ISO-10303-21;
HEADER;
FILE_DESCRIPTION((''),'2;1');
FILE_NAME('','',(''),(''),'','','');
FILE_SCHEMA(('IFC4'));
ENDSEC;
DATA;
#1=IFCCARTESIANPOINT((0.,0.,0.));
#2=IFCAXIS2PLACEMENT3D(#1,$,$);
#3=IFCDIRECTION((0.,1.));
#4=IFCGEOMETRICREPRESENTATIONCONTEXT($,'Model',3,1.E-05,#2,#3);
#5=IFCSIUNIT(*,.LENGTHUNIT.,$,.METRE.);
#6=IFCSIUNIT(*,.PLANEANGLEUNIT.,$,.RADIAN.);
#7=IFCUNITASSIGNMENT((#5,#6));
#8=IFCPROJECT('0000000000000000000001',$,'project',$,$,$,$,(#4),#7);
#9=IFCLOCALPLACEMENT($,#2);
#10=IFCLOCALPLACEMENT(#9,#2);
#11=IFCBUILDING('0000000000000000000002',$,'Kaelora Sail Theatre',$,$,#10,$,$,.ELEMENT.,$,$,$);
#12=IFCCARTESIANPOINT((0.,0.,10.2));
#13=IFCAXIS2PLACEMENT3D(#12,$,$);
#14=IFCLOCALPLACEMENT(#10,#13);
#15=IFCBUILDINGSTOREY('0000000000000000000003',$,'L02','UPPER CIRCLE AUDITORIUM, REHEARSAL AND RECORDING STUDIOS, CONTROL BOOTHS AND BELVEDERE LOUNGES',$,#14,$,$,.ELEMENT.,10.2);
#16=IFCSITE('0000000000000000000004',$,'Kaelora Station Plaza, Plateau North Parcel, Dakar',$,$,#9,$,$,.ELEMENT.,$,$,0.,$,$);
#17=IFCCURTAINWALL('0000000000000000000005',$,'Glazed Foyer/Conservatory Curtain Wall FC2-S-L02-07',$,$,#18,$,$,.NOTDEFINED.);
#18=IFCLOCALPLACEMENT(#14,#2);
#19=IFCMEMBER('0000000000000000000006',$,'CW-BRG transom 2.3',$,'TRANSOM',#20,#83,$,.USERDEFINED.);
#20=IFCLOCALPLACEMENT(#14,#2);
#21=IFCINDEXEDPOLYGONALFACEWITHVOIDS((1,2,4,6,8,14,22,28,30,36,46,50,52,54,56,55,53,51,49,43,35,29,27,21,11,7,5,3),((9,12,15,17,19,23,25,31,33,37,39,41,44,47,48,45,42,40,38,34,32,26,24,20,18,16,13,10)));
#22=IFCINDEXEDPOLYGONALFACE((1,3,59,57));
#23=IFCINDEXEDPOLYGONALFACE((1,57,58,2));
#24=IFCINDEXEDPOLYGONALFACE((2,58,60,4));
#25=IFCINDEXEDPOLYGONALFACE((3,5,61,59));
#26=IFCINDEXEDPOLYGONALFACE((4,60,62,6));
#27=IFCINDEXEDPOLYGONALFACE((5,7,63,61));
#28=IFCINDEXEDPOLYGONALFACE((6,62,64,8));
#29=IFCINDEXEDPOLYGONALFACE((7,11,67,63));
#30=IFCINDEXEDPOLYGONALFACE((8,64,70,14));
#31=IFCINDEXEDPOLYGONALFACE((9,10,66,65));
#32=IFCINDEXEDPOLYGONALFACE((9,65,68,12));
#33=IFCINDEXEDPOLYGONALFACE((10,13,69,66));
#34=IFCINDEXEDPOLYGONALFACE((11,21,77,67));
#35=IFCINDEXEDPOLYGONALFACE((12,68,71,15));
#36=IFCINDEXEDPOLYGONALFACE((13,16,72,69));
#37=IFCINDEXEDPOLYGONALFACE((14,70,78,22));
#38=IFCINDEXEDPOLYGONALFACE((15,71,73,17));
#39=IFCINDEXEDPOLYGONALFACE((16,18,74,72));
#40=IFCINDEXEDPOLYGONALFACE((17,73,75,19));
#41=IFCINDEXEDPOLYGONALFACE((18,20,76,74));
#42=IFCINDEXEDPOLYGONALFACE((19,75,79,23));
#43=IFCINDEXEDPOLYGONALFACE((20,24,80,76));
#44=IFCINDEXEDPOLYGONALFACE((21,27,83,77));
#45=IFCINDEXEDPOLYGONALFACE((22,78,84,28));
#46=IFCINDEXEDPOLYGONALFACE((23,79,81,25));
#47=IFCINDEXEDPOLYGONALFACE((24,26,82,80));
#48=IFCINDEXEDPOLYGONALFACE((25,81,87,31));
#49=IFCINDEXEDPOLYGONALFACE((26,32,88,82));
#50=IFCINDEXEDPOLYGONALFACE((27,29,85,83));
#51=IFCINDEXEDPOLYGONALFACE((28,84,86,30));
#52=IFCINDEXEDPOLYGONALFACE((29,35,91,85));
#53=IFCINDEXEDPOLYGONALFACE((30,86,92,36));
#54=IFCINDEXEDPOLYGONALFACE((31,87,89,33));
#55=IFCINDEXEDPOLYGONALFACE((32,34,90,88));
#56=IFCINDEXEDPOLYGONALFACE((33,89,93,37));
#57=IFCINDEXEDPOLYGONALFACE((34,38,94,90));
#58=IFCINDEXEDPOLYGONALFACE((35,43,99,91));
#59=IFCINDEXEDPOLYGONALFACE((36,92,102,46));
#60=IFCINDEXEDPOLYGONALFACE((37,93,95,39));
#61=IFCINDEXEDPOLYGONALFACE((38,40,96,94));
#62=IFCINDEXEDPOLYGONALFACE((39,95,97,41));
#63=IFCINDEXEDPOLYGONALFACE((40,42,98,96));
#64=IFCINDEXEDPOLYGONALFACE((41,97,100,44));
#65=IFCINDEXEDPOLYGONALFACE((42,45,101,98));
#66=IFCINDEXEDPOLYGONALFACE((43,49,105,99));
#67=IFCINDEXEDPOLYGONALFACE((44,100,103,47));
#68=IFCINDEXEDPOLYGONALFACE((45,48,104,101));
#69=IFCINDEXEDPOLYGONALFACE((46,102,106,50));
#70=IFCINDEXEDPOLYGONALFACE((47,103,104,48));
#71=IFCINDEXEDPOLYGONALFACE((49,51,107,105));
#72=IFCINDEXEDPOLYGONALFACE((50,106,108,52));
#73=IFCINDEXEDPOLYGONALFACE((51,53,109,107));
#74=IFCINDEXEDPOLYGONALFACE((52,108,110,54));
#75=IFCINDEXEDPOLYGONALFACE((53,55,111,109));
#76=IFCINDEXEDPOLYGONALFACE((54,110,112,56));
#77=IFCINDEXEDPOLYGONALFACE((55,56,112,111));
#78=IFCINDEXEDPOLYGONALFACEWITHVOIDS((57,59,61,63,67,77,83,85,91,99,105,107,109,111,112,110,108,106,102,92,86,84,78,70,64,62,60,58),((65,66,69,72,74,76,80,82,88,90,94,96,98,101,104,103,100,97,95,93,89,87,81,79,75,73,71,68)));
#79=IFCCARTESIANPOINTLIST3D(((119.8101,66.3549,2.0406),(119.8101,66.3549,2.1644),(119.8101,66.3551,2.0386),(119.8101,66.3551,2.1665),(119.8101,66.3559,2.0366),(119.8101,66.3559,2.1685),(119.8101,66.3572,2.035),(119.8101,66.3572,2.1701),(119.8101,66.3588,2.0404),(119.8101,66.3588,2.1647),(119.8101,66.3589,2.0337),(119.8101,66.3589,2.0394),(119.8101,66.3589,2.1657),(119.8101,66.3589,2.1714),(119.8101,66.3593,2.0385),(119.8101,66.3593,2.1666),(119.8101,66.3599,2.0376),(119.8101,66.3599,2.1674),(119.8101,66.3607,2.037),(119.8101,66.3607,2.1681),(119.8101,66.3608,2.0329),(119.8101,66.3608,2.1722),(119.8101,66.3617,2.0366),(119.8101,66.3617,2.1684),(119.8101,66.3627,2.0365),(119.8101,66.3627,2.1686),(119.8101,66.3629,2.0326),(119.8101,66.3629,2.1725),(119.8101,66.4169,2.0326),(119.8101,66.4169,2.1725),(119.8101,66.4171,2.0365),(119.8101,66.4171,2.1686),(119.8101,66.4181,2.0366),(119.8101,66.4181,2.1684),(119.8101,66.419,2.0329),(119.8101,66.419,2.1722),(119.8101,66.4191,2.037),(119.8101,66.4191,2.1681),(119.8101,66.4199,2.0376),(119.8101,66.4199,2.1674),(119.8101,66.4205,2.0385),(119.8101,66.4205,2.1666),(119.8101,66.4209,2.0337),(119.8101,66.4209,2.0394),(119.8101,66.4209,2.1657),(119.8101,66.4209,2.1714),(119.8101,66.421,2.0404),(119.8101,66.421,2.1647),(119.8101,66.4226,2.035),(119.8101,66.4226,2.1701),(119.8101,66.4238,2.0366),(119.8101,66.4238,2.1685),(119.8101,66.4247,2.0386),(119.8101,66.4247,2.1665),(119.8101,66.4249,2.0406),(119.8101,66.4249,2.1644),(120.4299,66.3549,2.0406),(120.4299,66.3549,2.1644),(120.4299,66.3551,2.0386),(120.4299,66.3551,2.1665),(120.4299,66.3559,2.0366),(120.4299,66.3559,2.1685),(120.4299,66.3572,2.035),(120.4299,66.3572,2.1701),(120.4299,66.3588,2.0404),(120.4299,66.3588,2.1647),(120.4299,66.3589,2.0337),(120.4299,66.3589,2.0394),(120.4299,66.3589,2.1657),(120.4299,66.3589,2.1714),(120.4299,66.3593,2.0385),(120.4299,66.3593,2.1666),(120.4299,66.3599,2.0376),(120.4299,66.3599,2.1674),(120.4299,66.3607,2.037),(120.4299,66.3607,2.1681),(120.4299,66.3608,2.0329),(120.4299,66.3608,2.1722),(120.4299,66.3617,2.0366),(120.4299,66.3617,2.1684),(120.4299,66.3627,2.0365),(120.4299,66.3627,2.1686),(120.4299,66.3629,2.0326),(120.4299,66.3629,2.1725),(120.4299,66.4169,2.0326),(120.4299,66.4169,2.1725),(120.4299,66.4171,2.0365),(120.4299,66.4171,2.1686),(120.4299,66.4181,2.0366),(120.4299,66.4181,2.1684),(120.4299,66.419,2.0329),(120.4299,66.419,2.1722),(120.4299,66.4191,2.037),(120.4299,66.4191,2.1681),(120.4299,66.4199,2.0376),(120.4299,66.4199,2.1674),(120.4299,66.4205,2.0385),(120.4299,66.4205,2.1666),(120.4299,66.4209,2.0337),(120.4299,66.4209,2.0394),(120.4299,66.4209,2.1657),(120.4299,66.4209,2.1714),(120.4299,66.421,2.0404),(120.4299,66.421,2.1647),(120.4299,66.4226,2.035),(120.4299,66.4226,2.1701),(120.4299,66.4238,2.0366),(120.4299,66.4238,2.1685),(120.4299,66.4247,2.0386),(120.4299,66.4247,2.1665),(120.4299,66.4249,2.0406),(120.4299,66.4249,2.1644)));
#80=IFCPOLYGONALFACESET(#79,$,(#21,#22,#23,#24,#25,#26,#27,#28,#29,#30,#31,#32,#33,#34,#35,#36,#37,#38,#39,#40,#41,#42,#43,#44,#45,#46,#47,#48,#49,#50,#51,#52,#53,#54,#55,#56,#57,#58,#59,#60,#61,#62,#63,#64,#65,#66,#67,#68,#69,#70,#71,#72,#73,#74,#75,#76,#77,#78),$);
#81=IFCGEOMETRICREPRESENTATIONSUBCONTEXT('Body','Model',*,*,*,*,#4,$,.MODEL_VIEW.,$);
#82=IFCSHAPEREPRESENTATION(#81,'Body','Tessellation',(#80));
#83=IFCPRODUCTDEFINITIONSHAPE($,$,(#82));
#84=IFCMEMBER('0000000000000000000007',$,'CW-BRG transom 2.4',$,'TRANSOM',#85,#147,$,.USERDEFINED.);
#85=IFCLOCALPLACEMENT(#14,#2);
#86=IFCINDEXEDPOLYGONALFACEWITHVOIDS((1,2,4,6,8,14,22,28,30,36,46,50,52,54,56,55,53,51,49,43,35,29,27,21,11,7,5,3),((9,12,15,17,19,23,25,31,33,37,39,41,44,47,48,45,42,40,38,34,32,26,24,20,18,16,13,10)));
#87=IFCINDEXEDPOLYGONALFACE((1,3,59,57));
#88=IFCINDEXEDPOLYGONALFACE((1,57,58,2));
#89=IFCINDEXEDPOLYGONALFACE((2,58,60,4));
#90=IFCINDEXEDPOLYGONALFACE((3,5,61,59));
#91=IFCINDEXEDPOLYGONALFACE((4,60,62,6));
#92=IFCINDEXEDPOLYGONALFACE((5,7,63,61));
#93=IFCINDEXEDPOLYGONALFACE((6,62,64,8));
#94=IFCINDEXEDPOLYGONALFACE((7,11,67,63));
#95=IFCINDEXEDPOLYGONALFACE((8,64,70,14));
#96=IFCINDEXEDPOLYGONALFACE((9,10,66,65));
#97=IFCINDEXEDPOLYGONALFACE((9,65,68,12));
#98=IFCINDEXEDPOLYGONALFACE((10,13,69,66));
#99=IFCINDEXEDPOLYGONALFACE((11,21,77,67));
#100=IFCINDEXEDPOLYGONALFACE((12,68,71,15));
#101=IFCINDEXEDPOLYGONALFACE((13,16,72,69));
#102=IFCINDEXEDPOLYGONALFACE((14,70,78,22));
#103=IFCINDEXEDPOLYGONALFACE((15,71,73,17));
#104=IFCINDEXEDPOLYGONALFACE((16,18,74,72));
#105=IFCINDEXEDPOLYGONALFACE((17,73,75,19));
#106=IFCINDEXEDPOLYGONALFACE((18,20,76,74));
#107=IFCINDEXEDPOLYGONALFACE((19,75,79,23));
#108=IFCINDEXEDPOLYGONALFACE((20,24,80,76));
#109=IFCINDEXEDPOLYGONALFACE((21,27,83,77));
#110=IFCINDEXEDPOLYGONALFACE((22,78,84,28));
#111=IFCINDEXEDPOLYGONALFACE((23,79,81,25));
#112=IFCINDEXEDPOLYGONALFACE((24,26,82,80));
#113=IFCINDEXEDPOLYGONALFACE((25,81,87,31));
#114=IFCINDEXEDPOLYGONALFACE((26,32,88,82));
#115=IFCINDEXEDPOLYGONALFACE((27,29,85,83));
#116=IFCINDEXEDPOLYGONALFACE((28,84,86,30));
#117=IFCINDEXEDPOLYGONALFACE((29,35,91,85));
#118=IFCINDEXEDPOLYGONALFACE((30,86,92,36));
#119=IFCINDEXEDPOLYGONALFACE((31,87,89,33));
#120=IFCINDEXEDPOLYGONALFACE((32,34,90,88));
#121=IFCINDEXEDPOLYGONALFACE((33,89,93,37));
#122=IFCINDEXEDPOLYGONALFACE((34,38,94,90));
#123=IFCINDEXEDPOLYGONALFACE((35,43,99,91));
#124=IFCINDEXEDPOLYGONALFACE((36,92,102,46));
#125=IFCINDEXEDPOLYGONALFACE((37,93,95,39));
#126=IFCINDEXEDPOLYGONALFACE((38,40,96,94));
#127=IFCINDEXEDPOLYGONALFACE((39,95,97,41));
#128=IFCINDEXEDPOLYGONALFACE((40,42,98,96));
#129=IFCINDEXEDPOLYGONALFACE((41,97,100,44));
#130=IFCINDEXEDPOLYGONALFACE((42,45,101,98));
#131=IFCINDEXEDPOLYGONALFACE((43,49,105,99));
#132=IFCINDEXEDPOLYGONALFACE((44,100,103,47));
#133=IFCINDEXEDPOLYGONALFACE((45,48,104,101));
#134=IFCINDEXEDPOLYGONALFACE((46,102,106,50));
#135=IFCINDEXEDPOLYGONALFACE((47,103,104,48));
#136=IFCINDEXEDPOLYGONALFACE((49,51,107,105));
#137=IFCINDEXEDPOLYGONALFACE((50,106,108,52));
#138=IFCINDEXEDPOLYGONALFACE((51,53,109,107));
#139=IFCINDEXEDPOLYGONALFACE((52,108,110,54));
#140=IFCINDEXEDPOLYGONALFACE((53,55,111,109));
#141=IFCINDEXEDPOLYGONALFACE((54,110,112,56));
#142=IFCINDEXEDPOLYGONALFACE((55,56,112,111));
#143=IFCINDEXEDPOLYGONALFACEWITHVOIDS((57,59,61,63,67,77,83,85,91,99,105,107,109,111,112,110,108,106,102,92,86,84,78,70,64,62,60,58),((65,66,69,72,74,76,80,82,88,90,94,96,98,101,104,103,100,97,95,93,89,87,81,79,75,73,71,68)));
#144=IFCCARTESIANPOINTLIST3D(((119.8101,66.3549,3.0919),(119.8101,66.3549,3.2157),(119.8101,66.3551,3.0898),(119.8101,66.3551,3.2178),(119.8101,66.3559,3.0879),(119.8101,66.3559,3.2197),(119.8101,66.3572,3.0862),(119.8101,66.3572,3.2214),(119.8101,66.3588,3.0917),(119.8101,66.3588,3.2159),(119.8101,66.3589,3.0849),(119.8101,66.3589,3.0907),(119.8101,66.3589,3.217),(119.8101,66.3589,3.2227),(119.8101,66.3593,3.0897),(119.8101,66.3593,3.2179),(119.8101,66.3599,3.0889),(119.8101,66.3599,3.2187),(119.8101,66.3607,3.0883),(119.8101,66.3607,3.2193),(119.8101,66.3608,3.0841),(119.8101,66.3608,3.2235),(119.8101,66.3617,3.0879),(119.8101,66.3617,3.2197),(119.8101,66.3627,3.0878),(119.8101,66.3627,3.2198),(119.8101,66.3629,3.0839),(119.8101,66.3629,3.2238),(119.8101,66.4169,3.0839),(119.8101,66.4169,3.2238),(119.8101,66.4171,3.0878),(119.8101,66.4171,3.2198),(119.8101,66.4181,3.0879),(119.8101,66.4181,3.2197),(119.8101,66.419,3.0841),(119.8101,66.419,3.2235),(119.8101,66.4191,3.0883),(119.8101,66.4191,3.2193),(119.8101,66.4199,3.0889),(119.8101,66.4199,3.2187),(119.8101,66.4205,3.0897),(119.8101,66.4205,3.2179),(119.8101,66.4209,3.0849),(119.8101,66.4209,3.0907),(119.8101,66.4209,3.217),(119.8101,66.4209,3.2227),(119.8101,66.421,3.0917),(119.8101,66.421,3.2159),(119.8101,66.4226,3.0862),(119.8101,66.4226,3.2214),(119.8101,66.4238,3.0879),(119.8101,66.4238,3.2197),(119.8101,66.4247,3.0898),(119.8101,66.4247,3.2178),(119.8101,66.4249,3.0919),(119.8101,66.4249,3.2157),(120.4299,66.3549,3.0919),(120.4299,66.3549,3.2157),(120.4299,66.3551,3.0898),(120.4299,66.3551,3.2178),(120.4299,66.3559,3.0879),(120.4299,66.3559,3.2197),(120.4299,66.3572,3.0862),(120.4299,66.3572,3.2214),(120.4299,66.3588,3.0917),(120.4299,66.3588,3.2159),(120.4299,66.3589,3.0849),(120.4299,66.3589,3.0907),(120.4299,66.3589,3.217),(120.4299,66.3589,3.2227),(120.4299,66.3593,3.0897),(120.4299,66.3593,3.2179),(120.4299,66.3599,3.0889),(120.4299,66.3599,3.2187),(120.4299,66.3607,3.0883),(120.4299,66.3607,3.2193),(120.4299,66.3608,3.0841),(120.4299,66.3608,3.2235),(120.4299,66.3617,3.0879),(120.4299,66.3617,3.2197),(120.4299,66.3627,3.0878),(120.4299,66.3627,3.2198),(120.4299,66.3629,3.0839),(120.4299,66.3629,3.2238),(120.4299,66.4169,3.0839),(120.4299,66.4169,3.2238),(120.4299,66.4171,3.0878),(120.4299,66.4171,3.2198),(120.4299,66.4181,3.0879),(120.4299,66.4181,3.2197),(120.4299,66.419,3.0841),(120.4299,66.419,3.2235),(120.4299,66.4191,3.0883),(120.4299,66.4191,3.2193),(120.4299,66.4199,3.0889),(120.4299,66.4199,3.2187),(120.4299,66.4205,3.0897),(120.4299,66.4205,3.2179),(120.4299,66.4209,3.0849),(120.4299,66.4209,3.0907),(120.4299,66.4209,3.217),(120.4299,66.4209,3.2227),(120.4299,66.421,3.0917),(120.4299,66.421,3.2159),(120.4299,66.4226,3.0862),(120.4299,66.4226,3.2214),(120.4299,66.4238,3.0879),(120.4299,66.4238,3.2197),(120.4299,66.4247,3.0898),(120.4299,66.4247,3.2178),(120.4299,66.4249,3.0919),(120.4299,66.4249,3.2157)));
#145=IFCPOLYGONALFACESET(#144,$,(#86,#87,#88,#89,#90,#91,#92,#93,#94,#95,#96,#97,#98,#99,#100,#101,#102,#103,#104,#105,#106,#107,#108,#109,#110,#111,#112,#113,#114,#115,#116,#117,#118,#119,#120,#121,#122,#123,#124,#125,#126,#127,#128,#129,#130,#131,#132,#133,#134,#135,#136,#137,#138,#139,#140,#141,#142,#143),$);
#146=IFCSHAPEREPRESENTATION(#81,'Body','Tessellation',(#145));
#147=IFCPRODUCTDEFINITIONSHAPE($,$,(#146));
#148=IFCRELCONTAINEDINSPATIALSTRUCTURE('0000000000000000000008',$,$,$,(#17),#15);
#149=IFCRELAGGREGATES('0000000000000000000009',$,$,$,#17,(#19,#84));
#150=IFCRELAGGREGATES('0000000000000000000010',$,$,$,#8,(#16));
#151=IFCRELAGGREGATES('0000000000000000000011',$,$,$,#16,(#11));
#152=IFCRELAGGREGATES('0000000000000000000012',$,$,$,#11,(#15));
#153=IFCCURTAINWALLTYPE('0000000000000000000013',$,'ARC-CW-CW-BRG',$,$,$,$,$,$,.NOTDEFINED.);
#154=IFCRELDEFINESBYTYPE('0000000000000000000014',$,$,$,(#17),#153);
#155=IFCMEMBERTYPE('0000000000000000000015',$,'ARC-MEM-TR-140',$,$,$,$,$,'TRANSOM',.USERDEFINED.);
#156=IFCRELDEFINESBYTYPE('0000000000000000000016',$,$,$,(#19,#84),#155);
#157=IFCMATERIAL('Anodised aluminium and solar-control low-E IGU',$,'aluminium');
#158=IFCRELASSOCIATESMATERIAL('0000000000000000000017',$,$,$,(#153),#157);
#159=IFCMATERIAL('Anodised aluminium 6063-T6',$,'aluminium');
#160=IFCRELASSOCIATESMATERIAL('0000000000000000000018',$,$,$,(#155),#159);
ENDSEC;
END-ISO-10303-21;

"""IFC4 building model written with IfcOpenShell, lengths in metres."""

from ifc_helpers import new_model, si_unit, direction, frame, origin, origin_2d, place, context, subcontext, project, spatial, hollow_rectangle, extrude, material, material_profile, profile_set, type_object, element, aggregate, save


model = new_model("IFC4")

# Units and contexts
model_context = context("Model", 3, precision=1e-05, world=origin(), true_north=direction((0.0, 1.0)))
body_context = subcontext(model_context, "Body", "Model", "MODEL_VIEW")
ifc_project = project(units=[si_unit("LENGTHUNIT", "METRE"), si_unit("PLANEANGLEUNIT", "RADIAN")], contexts=[model_context])

# Site, building, storey
site_placement = place(None, origin())
site = spatial("IfcSite", under=ifc_project, at=site_placement, Name="Kaelora Station Plaza, Plateau North Parcel, Dakar", CompositionType="ELEMENT", RefElevation=0.0)
building_placement = place(site_placement, origin())
building = spatial("IfcBuilding", under=site, at=building_placement, Name="Kaelora Sail Theatre", CompositionType="ELEMENT")
storey_placement = place(building_placement, frame((0.0, 0.0, 10.2)))
storey = spatial("IfcBuildingStorey", under=building, at=storey_placement, Name="L02", Description="UPPER CIRCLE AUDITORIUM, REHEARSAL AND RECORDING STUDIOS, CONTROL BOOTHS AND BELVEDERE LOUNGES", CompositionType="ELEMENT", Elevation=10.2)

# Shared definitions
ifc_material_1 = material(Name="Anodised aluminium and solar-control low-E IGU", Category="aluminium")
curtain_wall_type = type_object("IfcCurtainWallType", Name="ARC-CW-CW-BRG", PredefinedType="NOTDEFINED", material=ifc_material_1)

# Curtain wall
curtain_wall_1_placement = place(storey_placement, origin())
curtain_wall_1 = element("IfcCurtainWall", 1, at=curtain_wall_1_placement, inside=storey, type_object=curtain_wall_type, Name="Glazed Foyer/Conservatory Curtain Wall FC2-S-L02-07", PredefinedType="NOTDEFINED")

# Members
ifc_material_2 = material(Name="Anodised aluminium 6063-T6", Category="aluminium")
ifc_material_profile_1 = material_profile(ifc_material_2, hollow_rectangle(XDim=0.0701, YDim=0.1399, WallThickness=0.0039, InnerFilletRadius=0.0039, OuterFilletRadius=0.0081, at=origin_2d()), Name="ALU-TRAN 70x140x4")
ifc_profile_set_1 = profile_set([ifc_material_profile_1], Name="Anodised aluminium 6063-T6")
member_type_1 = type_object("IfcMemberType", Name="ARC-MEM-TR-140", ElementType="TRANSOM", PredefinedType="USERDEFINED", material=ifc_profile_set_1)
member_1_placement = place(storey_placement, frame((119.8101, 66.3899, 2.1025), z_axis=(1.0, 0.0, 0.0), x_axis=(0.0, 1.0, 0.0)))
member_1 = element("IfcMember", 2, at=member_1_placement, type_object=member_type_1, Name="CW-BRG transom 2.3", ObjectType="TRANSOM", PredefinedType="USERDEFINED", context=body_context, shape_type="SweptSolid", body=[
    extrude(hollow_rectangle(XDim=0.0701, YDim=0.1399, WallThickness=0.0039, InnerFilletRadius=0.0039, OuterFilletRadius=0.0081, at=origin_2d()), origin(), (0.0, 0.0, 1.0), 0.6199),
])
member_2_placement = place(storey_placement, frame((119.8101, 66.3899, 3.1538), z_axis=(1.0, 0.0, 0.0), x_axis=(0.0, 1.0, 0.0)))
member_2 = element("IfcMember", 3, at=member_2_placement, type_object=member_type_1, Name="CW-BRG transom 2.4", ObjectType="TRANSOM", PredefinedType="USERDEFINED", context=body_context, shape_type="SweptSolid", body=[
    extrude(hollow_rectangle(XDim=0.0701, YDim=0.1399, WallThickness=0.0039, InnerFilletRadius=0.0039, OuterFilletRadius=0.0081, at=origin_2d()), origin(), (0.0, 0.0, 1.0), 0.6199),
])

aggregate(curtain_wall_1, [member_1, member_2])

save(model, "model.ifc")
